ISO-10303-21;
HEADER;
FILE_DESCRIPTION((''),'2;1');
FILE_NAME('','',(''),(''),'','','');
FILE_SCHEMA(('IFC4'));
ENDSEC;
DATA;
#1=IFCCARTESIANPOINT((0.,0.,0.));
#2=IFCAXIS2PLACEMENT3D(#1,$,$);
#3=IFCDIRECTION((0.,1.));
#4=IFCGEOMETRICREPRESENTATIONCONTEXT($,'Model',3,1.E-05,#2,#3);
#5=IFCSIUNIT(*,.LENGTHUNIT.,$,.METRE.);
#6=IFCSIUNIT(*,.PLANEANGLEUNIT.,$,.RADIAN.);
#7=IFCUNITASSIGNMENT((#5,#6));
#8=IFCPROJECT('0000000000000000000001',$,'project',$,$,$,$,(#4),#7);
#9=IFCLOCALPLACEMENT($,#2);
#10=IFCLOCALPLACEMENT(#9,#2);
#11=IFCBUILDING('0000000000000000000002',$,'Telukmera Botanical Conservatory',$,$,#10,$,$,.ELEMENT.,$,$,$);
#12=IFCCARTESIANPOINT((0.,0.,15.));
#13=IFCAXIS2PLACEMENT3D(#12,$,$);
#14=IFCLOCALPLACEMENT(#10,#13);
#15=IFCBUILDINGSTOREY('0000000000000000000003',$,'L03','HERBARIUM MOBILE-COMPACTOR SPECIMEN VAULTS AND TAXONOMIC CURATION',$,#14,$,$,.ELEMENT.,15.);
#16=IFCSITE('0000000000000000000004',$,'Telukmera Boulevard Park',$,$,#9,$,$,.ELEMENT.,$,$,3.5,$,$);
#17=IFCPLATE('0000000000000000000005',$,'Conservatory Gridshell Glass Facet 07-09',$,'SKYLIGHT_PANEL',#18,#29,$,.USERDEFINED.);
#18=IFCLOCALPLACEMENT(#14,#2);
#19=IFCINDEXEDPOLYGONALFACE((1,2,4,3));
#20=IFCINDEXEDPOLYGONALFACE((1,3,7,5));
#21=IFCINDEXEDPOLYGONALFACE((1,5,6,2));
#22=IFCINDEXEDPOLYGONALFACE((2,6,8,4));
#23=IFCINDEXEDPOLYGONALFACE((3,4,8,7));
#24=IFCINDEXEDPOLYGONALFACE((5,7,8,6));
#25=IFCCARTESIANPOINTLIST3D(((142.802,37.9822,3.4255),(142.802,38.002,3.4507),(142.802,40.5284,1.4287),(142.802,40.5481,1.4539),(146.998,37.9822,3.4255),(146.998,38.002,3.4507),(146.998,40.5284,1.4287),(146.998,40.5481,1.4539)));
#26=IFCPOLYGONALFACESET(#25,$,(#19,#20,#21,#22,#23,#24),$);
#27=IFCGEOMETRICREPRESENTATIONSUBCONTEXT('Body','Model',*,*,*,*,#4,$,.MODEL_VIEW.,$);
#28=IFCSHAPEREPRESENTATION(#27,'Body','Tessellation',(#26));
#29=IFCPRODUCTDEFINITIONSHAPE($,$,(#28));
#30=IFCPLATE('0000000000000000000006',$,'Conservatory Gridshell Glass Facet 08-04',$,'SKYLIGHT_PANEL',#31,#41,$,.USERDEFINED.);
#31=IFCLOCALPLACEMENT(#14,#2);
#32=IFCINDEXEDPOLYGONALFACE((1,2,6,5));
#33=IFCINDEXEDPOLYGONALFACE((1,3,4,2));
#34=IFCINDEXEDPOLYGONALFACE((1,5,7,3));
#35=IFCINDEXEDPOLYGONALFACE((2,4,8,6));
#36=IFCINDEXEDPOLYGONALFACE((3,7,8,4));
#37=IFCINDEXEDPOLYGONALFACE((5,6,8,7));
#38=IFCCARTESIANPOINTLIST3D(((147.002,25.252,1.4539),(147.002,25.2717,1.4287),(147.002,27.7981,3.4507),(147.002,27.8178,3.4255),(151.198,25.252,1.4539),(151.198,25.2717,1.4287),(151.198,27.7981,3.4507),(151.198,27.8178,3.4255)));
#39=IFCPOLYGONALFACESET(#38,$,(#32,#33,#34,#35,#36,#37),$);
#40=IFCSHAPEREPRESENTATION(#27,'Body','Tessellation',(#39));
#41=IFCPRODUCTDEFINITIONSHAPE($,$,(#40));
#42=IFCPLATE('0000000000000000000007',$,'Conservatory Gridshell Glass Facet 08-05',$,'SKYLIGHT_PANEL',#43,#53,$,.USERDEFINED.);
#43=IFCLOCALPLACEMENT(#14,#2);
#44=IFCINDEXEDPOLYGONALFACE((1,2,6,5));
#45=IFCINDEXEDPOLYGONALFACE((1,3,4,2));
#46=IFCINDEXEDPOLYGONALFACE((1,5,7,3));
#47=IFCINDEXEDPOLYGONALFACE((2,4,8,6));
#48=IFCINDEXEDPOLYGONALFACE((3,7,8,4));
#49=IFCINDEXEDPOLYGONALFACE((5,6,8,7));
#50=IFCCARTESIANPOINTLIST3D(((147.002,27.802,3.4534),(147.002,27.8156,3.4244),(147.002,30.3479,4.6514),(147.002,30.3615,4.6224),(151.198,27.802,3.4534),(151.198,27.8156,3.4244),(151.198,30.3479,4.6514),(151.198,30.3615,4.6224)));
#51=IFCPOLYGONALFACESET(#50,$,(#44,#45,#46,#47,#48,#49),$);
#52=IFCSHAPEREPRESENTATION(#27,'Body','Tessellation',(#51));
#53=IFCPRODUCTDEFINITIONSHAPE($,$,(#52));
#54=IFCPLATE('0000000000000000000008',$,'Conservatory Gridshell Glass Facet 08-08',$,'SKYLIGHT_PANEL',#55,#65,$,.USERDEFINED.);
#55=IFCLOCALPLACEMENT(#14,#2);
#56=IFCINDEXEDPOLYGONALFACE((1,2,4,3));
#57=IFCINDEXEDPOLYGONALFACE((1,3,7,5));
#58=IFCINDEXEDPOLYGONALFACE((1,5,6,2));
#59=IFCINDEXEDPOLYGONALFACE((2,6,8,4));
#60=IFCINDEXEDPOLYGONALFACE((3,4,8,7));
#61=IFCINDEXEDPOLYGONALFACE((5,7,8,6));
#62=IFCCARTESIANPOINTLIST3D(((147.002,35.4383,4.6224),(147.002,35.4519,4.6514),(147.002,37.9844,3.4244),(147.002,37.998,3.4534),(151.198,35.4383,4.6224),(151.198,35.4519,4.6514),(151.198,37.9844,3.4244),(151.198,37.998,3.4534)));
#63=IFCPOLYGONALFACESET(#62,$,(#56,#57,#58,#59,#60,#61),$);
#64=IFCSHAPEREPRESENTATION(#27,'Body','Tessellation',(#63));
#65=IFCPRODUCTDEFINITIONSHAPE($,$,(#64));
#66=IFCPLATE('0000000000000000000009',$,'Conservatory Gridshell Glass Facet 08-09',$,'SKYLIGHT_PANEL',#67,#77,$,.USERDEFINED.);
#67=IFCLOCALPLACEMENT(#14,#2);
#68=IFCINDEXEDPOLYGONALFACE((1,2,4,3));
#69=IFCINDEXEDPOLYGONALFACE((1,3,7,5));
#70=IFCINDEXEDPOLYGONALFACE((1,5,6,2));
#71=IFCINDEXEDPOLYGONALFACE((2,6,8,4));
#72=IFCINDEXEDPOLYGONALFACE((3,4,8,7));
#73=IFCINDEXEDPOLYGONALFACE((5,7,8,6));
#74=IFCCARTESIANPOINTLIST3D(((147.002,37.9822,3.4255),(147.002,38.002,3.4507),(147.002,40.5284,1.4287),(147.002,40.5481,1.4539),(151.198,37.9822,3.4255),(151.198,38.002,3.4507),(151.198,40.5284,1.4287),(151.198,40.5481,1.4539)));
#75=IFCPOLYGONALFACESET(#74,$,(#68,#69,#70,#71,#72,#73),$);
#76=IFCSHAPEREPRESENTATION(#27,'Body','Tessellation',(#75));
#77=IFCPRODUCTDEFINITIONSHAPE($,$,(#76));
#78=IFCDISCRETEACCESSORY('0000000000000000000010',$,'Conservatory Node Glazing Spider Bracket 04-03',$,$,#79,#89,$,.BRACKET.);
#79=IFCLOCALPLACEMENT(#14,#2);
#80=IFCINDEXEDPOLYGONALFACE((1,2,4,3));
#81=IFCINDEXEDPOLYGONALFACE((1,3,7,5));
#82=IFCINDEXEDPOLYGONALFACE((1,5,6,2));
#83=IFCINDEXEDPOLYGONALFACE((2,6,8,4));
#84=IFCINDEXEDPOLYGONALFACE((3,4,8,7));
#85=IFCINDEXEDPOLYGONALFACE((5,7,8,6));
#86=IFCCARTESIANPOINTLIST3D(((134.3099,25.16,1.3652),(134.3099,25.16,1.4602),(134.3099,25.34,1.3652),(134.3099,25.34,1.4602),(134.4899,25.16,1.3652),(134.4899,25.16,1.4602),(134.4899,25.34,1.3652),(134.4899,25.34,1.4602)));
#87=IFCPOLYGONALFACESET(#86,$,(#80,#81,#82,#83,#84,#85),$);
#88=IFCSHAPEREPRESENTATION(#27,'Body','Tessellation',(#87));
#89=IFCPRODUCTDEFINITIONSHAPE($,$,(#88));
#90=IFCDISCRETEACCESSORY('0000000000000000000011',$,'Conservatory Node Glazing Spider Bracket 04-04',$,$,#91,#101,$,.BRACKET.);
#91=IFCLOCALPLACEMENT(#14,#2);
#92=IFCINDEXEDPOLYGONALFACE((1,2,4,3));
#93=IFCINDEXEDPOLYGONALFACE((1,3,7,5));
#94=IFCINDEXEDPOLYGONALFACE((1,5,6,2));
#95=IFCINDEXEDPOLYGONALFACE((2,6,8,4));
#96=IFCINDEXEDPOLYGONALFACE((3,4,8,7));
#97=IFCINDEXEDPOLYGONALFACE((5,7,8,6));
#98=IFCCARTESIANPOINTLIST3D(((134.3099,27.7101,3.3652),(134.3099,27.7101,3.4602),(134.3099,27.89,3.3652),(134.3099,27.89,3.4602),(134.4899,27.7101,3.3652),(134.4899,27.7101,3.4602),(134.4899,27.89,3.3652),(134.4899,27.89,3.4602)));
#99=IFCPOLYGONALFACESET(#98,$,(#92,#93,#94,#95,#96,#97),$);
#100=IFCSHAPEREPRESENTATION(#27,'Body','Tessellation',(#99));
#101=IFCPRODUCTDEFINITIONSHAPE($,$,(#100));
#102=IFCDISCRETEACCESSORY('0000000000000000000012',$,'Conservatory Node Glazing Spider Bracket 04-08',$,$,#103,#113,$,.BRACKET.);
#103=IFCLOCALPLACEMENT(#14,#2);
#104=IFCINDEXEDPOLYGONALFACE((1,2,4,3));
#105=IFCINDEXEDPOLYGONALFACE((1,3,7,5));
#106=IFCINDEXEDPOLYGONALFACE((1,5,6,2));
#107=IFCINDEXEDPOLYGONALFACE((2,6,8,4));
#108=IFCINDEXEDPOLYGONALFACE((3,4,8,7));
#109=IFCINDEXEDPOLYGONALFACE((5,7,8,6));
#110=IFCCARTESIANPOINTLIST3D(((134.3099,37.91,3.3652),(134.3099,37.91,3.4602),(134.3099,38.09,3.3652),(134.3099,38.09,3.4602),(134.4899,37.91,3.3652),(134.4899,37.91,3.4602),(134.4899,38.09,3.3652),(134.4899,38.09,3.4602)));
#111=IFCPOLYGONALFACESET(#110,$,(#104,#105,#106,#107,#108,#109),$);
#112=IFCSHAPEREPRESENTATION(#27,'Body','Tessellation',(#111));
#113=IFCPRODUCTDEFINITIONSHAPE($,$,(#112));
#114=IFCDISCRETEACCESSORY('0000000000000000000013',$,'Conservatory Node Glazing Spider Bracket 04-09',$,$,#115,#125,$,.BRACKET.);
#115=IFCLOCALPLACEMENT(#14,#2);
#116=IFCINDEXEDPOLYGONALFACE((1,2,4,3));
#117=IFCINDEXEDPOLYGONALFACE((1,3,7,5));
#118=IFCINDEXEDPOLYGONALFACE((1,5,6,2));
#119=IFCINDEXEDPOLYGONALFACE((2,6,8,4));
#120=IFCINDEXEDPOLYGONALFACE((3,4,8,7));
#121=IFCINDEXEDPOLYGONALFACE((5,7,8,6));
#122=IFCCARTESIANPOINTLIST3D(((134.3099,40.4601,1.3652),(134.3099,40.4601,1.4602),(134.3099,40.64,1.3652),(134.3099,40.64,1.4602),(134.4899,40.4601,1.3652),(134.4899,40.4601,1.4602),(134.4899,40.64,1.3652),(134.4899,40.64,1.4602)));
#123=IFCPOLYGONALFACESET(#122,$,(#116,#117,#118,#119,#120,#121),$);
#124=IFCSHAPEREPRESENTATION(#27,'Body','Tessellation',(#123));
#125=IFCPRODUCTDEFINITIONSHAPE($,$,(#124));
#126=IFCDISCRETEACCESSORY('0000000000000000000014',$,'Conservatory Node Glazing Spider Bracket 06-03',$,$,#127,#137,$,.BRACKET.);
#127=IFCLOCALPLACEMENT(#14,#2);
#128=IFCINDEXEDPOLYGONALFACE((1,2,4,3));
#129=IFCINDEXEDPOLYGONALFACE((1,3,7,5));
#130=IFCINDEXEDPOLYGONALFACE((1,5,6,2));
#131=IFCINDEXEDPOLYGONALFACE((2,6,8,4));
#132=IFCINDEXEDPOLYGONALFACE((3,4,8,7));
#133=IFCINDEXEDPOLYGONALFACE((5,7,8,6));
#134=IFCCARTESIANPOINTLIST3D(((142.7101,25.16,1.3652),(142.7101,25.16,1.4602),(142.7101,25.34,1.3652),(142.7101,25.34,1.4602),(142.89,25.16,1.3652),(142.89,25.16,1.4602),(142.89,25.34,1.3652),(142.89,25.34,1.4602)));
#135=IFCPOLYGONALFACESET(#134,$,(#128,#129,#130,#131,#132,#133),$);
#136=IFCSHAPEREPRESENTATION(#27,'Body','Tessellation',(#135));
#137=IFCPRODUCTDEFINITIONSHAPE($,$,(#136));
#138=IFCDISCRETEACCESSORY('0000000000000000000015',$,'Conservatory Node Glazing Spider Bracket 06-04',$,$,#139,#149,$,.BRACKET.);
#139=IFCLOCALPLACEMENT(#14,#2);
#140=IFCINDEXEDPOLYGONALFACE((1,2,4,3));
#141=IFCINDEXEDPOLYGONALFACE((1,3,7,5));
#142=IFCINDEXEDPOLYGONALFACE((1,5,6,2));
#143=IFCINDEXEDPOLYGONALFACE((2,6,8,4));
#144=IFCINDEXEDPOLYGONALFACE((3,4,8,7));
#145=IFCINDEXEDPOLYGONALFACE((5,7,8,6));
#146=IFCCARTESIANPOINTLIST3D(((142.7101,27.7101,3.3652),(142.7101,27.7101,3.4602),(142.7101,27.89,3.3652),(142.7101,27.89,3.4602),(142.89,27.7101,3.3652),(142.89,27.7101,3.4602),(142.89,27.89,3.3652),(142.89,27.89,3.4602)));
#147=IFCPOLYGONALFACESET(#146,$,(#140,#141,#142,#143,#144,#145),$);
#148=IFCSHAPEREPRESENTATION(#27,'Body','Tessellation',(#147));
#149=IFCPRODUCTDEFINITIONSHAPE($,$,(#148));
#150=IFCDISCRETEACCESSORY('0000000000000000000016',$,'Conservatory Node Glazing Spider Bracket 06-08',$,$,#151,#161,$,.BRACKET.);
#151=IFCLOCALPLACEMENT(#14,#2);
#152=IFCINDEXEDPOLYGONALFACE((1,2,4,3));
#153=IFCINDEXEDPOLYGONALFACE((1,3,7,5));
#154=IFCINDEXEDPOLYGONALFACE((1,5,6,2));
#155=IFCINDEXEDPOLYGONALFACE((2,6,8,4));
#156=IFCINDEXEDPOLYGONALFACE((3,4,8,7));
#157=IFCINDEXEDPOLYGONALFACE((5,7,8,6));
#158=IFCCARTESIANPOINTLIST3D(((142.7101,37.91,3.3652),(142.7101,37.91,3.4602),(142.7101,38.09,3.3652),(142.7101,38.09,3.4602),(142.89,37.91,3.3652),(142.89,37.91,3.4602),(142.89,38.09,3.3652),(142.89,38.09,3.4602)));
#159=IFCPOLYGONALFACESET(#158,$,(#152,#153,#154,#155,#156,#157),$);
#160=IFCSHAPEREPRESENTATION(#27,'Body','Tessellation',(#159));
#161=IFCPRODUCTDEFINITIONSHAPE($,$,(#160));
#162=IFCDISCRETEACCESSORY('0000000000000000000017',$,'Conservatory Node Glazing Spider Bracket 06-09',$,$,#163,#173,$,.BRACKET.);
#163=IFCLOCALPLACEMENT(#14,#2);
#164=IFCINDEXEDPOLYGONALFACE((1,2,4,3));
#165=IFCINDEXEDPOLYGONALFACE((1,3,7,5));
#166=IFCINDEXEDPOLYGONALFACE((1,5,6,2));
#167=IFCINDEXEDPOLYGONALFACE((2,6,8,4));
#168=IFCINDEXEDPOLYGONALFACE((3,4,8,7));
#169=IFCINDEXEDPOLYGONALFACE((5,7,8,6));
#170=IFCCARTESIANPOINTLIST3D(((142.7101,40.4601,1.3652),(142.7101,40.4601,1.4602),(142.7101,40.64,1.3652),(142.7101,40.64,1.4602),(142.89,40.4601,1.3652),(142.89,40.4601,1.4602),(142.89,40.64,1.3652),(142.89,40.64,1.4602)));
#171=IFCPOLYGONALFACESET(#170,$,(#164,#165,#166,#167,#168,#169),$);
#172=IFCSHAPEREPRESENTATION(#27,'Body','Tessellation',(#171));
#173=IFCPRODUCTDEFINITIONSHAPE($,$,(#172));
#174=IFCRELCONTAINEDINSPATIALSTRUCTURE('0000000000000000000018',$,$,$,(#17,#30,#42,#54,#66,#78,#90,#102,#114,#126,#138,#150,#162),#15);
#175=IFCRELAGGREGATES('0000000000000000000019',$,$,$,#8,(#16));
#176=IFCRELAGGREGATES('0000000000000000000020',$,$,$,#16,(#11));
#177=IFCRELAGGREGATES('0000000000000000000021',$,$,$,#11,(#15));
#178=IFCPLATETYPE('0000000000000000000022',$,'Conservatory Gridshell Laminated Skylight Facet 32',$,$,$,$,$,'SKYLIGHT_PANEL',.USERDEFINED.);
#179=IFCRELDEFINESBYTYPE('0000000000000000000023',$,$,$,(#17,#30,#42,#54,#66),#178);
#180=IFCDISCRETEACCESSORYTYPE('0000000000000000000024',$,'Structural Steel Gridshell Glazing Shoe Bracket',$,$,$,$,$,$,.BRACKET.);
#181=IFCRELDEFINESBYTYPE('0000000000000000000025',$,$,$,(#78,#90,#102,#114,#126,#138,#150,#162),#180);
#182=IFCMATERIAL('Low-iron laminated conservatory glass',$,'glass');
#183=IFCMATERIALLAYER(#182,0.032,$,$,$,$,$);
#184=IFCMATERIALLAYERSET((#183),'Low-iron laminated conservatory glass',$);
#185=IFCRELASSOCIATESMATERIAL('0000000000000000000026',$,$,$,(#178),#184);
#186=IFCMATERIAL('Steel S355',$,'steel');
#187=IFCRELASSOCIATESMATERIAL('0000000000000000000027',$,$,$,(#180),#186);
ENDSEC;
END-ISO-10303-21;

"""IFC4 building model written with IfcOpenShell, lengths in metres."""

from ifc_helpers import new_model, si_unit, direction, frame, origin, origin_2d, place, context, subcontext, project, spatial, polyline, rectangle, outline, extrude, material, layer, layer_set, type_object, element, save


model = new_model("IFC4")

# Units and contexts
model_context = context("Model", 3, precision=1e-05, world=origin(), true_north=direction((0.0, 1.0)))
body_context = subcontext(model_context, "Body", "Model", "MODEL_VIEW")
ifc_project = project(units=[si_unit("LENGTHUNIT", "METRE"), si_unit("PLANEANGLEUNIT", "RADIAN")], contexts=[model_context])

# Site, building, storey
site_placement = place(None, origin())
site = spatial("IfcSite", under=ifc_project, at=site_placement, Name="Telukmera Boulevard Park", CompositionType="ELEMENT", RefElevation=3.5)
building_placement = place(site_placement, origin())
building = spatial("IfcBuilding", under=site, at=building_placement, Name="Telukmera Botanical Conservatory", CompositionType="ELEMENT")
storey_placement = place(building_placement, frame((0.0, 0.0, 15.0)))
storey = spatial("IfcBuildingStorey", under=building, at=storey_placement, Name="L03", Description="HERBARIUM MOBILE-COMPACTOR SPECIMEN VAULTS AND TAXONOMIC CURATION", CompositionType="ELEMENT", Elevation=15.0)

# Plates
ifc_material_1 = material(Name="Low-iron laminated conservatory glass", Category="glass")
ifc_layer = layer(ifc_material_1, 0.032)
ifc_layer_set = layer_set([ifc_layer], Name="Low-iron laminated conservatory glass")
plate_type = type_object("IfcPlateType", Name="Conservatory Gridshell Laminated Skylight Facet 32", ElementType="SKYLIGHT_PANEL", PredefinedType="USERDEFINED", material=ifc_layer_set)
for number, where, z_axis, x_axis, name in (
    (1, (142.802, 38.002, 3.4507), (0.0, 0.617112, 0.786876), (1.0, 0.0, 0.0), "Conservatory Gridshell Glass Facet 07-09"),
    (2, (147.002, 25.252, 1.4539), (0.0, -0.617112, 0.786876), (1.0, 0.0, 0.0), "Conservatory Gridshell Glass Facet 08-04"),
):
    element("IfcPlate", number, at=place(storey_placement, frame(where, z_axis=z_axis, x_axis=x_axis)), inside=storey, type_object=plate_type, Name=name, ObjectType="SKYLIGHT_PANEL", PredefinedType="USERDEFINED", context=body_context, shape_type="SweptSolid", body=[
        extrude(outline(polyline([(0.0, 0.0), (4.196, 0.0), (4.196, 3.2358), (0.0, 3.2358), (0.0, 0.0)])), origin(), (0.0, 0.0, -1.0), 0.032),
    ])
plate_1_placement = place(storey_placement, frame((147.002, 27.802, 3.4534), z_axis=(0.0, -0.425776, 0.904829), x_axis=(1.0, 0.0, 0.0)))
element("IfcPlate", 3, at=plate_1_placement, inside=storey, type_object=plate_type, Name="Conservatory Gridshell Glass Facet 08-05", ObjectType="SKYLIGHT_PANEL", PredefinedType="USERDEFINED", context=body_context, shape_type="SweptSolid", body=[
    extrude(outline(polyline([(0.0, 0.0), (4.196, 0.0), (4.196, 2.8137), (0.0, 2.8137), (0.0, 0.0)])), origin(), (0.0, 0.0, -1.0), 0.032),
])
plate_2_placement = place(storey_placement, frame((147.002, 35.4519, 4.6514), z_axis=(0.0, 0.425743, 0.904844), x_axis=(1.0, 0.0, 0.0)))
element("IfcPlate", 4, at=plate_2_placement, inside=storey, type_object=plate_type, Name="Conservatory Gridshell Glass Facet 08-08", ObjectType="SKYLIGHT_PANEL", PredefinedType="USERDEFINED", context=body_context, shape_type="SweptSolid", body=[
    extrude(outline(polyline([(0.0, 0.0), (4.196, 0.0), (4.196, 2.8139), (0.0, 2.8139), (0.0, 0.0)])), origin(), (0.0, 0.0, -1.0), 0.032),
])
plate_3_placement = place(storey_placement, frame((147.002, 38.002, 3.4507), z_axis=(0.0, 0.617112, 0.786876), x_axis=(1.0, 0.0, 0.0)))
element("IfcPlate", 5, at=plate_3_placement, inside=storey, type_object=plate_type, Name="Conservatory Gridshell Glass Facet 08-09", ObjectType="SKYLIGHT_PANEL", PredefinedType="USERDEFINED", context=body_context, shape_type="SweptSolid", body=[
    extrude(outline(polyline([(0.0, 0.0), (4.196, 0.0), (4.196, 3.2358), (0.0, 3.2358), (0.0, 0.0)])), origin(), (0.0, 0.0, -1.0), 0.032),
])

# Discrete accessories
ifc_material_2 = material(Name="Steel S355", Category="steel")
discrete_accessory_type = type_object("IfcDiscreteAccessoryType", Name="Structural Steel Gridshell Glazing Shoe Bracket", PredefinedType="BRACKET", material=ifc_material_2)
for number, where, z_axis, x_axis, name in (
    (6, (134.3999, 25.25, 1.3652), (0.0, 0.0, 1.0), (1.0, 0.0, 0.0), "Conservatory Node Glazing Spider Bracket 04-03"),
    (7, (134.3999, 27.8, 3.3652), (0.0, 0.0, 1.0), (1.0, 0.0, 0.0), "Conservatory Node Glazing Spider Bracket 04-04"),
    (8, (134.3999, 38.0, 3.3652), (0.0, 0.0, 1.0), (1.0, 0.0, 0.0), "Conservatory Node Glazing Spider Bracket 04-08"),
    (9, (134.3999, 40.55, 1.3652), (0.0, 0.0, 1.0), (1.0, 0.0, 0.0), "Conservatory Node Glazing Spider Bracket 04-09"),
    (10, (142.8, 25.25, 1.3652), (0.0, 0.0, 1.0), (1.0, 0.0, 0.0), "Conservatory Node Glazing Spider Bracket 06-03"),
    (11, (142.8, 27.8, 3.3652), (0.0, 0.0, 1.0), (1.0, 0.0, 0.0), "Conservatory Node Glazing Spider Bracket 06-04"),
    (12, (142.8, 38.0, 3.3652), (0.0, 0.0, 1.0), (1.0, 0.0, 0.0), "Conservatory Node Glazing Spider Bracket 06-08"),
    (13, (142.8, 40.55, 1.3652), (0.0, 0.0, 1.0), (1.0, 0.0, 0.0), "Conservatory Node Glazing Spider Bracket 06-09"),
):
    element("IfcDiscreteAccessory", number, at=place(storey_placement, frame(where, z_axis=z_axis, x_axis=x_axis)), inside=storey, type_object=discrete_accessory_type, Name=name, PredefinedType="BRACKET", context=body_context, shape_type="SweptSolid", body=[
        extrude(rectangle(XDim=0.1799, YDim=0.1799, at=origin_2d()), origin(), (0.0, 0.0, 1.0), 0.095),
    ])

save(model, "model.ifc")
